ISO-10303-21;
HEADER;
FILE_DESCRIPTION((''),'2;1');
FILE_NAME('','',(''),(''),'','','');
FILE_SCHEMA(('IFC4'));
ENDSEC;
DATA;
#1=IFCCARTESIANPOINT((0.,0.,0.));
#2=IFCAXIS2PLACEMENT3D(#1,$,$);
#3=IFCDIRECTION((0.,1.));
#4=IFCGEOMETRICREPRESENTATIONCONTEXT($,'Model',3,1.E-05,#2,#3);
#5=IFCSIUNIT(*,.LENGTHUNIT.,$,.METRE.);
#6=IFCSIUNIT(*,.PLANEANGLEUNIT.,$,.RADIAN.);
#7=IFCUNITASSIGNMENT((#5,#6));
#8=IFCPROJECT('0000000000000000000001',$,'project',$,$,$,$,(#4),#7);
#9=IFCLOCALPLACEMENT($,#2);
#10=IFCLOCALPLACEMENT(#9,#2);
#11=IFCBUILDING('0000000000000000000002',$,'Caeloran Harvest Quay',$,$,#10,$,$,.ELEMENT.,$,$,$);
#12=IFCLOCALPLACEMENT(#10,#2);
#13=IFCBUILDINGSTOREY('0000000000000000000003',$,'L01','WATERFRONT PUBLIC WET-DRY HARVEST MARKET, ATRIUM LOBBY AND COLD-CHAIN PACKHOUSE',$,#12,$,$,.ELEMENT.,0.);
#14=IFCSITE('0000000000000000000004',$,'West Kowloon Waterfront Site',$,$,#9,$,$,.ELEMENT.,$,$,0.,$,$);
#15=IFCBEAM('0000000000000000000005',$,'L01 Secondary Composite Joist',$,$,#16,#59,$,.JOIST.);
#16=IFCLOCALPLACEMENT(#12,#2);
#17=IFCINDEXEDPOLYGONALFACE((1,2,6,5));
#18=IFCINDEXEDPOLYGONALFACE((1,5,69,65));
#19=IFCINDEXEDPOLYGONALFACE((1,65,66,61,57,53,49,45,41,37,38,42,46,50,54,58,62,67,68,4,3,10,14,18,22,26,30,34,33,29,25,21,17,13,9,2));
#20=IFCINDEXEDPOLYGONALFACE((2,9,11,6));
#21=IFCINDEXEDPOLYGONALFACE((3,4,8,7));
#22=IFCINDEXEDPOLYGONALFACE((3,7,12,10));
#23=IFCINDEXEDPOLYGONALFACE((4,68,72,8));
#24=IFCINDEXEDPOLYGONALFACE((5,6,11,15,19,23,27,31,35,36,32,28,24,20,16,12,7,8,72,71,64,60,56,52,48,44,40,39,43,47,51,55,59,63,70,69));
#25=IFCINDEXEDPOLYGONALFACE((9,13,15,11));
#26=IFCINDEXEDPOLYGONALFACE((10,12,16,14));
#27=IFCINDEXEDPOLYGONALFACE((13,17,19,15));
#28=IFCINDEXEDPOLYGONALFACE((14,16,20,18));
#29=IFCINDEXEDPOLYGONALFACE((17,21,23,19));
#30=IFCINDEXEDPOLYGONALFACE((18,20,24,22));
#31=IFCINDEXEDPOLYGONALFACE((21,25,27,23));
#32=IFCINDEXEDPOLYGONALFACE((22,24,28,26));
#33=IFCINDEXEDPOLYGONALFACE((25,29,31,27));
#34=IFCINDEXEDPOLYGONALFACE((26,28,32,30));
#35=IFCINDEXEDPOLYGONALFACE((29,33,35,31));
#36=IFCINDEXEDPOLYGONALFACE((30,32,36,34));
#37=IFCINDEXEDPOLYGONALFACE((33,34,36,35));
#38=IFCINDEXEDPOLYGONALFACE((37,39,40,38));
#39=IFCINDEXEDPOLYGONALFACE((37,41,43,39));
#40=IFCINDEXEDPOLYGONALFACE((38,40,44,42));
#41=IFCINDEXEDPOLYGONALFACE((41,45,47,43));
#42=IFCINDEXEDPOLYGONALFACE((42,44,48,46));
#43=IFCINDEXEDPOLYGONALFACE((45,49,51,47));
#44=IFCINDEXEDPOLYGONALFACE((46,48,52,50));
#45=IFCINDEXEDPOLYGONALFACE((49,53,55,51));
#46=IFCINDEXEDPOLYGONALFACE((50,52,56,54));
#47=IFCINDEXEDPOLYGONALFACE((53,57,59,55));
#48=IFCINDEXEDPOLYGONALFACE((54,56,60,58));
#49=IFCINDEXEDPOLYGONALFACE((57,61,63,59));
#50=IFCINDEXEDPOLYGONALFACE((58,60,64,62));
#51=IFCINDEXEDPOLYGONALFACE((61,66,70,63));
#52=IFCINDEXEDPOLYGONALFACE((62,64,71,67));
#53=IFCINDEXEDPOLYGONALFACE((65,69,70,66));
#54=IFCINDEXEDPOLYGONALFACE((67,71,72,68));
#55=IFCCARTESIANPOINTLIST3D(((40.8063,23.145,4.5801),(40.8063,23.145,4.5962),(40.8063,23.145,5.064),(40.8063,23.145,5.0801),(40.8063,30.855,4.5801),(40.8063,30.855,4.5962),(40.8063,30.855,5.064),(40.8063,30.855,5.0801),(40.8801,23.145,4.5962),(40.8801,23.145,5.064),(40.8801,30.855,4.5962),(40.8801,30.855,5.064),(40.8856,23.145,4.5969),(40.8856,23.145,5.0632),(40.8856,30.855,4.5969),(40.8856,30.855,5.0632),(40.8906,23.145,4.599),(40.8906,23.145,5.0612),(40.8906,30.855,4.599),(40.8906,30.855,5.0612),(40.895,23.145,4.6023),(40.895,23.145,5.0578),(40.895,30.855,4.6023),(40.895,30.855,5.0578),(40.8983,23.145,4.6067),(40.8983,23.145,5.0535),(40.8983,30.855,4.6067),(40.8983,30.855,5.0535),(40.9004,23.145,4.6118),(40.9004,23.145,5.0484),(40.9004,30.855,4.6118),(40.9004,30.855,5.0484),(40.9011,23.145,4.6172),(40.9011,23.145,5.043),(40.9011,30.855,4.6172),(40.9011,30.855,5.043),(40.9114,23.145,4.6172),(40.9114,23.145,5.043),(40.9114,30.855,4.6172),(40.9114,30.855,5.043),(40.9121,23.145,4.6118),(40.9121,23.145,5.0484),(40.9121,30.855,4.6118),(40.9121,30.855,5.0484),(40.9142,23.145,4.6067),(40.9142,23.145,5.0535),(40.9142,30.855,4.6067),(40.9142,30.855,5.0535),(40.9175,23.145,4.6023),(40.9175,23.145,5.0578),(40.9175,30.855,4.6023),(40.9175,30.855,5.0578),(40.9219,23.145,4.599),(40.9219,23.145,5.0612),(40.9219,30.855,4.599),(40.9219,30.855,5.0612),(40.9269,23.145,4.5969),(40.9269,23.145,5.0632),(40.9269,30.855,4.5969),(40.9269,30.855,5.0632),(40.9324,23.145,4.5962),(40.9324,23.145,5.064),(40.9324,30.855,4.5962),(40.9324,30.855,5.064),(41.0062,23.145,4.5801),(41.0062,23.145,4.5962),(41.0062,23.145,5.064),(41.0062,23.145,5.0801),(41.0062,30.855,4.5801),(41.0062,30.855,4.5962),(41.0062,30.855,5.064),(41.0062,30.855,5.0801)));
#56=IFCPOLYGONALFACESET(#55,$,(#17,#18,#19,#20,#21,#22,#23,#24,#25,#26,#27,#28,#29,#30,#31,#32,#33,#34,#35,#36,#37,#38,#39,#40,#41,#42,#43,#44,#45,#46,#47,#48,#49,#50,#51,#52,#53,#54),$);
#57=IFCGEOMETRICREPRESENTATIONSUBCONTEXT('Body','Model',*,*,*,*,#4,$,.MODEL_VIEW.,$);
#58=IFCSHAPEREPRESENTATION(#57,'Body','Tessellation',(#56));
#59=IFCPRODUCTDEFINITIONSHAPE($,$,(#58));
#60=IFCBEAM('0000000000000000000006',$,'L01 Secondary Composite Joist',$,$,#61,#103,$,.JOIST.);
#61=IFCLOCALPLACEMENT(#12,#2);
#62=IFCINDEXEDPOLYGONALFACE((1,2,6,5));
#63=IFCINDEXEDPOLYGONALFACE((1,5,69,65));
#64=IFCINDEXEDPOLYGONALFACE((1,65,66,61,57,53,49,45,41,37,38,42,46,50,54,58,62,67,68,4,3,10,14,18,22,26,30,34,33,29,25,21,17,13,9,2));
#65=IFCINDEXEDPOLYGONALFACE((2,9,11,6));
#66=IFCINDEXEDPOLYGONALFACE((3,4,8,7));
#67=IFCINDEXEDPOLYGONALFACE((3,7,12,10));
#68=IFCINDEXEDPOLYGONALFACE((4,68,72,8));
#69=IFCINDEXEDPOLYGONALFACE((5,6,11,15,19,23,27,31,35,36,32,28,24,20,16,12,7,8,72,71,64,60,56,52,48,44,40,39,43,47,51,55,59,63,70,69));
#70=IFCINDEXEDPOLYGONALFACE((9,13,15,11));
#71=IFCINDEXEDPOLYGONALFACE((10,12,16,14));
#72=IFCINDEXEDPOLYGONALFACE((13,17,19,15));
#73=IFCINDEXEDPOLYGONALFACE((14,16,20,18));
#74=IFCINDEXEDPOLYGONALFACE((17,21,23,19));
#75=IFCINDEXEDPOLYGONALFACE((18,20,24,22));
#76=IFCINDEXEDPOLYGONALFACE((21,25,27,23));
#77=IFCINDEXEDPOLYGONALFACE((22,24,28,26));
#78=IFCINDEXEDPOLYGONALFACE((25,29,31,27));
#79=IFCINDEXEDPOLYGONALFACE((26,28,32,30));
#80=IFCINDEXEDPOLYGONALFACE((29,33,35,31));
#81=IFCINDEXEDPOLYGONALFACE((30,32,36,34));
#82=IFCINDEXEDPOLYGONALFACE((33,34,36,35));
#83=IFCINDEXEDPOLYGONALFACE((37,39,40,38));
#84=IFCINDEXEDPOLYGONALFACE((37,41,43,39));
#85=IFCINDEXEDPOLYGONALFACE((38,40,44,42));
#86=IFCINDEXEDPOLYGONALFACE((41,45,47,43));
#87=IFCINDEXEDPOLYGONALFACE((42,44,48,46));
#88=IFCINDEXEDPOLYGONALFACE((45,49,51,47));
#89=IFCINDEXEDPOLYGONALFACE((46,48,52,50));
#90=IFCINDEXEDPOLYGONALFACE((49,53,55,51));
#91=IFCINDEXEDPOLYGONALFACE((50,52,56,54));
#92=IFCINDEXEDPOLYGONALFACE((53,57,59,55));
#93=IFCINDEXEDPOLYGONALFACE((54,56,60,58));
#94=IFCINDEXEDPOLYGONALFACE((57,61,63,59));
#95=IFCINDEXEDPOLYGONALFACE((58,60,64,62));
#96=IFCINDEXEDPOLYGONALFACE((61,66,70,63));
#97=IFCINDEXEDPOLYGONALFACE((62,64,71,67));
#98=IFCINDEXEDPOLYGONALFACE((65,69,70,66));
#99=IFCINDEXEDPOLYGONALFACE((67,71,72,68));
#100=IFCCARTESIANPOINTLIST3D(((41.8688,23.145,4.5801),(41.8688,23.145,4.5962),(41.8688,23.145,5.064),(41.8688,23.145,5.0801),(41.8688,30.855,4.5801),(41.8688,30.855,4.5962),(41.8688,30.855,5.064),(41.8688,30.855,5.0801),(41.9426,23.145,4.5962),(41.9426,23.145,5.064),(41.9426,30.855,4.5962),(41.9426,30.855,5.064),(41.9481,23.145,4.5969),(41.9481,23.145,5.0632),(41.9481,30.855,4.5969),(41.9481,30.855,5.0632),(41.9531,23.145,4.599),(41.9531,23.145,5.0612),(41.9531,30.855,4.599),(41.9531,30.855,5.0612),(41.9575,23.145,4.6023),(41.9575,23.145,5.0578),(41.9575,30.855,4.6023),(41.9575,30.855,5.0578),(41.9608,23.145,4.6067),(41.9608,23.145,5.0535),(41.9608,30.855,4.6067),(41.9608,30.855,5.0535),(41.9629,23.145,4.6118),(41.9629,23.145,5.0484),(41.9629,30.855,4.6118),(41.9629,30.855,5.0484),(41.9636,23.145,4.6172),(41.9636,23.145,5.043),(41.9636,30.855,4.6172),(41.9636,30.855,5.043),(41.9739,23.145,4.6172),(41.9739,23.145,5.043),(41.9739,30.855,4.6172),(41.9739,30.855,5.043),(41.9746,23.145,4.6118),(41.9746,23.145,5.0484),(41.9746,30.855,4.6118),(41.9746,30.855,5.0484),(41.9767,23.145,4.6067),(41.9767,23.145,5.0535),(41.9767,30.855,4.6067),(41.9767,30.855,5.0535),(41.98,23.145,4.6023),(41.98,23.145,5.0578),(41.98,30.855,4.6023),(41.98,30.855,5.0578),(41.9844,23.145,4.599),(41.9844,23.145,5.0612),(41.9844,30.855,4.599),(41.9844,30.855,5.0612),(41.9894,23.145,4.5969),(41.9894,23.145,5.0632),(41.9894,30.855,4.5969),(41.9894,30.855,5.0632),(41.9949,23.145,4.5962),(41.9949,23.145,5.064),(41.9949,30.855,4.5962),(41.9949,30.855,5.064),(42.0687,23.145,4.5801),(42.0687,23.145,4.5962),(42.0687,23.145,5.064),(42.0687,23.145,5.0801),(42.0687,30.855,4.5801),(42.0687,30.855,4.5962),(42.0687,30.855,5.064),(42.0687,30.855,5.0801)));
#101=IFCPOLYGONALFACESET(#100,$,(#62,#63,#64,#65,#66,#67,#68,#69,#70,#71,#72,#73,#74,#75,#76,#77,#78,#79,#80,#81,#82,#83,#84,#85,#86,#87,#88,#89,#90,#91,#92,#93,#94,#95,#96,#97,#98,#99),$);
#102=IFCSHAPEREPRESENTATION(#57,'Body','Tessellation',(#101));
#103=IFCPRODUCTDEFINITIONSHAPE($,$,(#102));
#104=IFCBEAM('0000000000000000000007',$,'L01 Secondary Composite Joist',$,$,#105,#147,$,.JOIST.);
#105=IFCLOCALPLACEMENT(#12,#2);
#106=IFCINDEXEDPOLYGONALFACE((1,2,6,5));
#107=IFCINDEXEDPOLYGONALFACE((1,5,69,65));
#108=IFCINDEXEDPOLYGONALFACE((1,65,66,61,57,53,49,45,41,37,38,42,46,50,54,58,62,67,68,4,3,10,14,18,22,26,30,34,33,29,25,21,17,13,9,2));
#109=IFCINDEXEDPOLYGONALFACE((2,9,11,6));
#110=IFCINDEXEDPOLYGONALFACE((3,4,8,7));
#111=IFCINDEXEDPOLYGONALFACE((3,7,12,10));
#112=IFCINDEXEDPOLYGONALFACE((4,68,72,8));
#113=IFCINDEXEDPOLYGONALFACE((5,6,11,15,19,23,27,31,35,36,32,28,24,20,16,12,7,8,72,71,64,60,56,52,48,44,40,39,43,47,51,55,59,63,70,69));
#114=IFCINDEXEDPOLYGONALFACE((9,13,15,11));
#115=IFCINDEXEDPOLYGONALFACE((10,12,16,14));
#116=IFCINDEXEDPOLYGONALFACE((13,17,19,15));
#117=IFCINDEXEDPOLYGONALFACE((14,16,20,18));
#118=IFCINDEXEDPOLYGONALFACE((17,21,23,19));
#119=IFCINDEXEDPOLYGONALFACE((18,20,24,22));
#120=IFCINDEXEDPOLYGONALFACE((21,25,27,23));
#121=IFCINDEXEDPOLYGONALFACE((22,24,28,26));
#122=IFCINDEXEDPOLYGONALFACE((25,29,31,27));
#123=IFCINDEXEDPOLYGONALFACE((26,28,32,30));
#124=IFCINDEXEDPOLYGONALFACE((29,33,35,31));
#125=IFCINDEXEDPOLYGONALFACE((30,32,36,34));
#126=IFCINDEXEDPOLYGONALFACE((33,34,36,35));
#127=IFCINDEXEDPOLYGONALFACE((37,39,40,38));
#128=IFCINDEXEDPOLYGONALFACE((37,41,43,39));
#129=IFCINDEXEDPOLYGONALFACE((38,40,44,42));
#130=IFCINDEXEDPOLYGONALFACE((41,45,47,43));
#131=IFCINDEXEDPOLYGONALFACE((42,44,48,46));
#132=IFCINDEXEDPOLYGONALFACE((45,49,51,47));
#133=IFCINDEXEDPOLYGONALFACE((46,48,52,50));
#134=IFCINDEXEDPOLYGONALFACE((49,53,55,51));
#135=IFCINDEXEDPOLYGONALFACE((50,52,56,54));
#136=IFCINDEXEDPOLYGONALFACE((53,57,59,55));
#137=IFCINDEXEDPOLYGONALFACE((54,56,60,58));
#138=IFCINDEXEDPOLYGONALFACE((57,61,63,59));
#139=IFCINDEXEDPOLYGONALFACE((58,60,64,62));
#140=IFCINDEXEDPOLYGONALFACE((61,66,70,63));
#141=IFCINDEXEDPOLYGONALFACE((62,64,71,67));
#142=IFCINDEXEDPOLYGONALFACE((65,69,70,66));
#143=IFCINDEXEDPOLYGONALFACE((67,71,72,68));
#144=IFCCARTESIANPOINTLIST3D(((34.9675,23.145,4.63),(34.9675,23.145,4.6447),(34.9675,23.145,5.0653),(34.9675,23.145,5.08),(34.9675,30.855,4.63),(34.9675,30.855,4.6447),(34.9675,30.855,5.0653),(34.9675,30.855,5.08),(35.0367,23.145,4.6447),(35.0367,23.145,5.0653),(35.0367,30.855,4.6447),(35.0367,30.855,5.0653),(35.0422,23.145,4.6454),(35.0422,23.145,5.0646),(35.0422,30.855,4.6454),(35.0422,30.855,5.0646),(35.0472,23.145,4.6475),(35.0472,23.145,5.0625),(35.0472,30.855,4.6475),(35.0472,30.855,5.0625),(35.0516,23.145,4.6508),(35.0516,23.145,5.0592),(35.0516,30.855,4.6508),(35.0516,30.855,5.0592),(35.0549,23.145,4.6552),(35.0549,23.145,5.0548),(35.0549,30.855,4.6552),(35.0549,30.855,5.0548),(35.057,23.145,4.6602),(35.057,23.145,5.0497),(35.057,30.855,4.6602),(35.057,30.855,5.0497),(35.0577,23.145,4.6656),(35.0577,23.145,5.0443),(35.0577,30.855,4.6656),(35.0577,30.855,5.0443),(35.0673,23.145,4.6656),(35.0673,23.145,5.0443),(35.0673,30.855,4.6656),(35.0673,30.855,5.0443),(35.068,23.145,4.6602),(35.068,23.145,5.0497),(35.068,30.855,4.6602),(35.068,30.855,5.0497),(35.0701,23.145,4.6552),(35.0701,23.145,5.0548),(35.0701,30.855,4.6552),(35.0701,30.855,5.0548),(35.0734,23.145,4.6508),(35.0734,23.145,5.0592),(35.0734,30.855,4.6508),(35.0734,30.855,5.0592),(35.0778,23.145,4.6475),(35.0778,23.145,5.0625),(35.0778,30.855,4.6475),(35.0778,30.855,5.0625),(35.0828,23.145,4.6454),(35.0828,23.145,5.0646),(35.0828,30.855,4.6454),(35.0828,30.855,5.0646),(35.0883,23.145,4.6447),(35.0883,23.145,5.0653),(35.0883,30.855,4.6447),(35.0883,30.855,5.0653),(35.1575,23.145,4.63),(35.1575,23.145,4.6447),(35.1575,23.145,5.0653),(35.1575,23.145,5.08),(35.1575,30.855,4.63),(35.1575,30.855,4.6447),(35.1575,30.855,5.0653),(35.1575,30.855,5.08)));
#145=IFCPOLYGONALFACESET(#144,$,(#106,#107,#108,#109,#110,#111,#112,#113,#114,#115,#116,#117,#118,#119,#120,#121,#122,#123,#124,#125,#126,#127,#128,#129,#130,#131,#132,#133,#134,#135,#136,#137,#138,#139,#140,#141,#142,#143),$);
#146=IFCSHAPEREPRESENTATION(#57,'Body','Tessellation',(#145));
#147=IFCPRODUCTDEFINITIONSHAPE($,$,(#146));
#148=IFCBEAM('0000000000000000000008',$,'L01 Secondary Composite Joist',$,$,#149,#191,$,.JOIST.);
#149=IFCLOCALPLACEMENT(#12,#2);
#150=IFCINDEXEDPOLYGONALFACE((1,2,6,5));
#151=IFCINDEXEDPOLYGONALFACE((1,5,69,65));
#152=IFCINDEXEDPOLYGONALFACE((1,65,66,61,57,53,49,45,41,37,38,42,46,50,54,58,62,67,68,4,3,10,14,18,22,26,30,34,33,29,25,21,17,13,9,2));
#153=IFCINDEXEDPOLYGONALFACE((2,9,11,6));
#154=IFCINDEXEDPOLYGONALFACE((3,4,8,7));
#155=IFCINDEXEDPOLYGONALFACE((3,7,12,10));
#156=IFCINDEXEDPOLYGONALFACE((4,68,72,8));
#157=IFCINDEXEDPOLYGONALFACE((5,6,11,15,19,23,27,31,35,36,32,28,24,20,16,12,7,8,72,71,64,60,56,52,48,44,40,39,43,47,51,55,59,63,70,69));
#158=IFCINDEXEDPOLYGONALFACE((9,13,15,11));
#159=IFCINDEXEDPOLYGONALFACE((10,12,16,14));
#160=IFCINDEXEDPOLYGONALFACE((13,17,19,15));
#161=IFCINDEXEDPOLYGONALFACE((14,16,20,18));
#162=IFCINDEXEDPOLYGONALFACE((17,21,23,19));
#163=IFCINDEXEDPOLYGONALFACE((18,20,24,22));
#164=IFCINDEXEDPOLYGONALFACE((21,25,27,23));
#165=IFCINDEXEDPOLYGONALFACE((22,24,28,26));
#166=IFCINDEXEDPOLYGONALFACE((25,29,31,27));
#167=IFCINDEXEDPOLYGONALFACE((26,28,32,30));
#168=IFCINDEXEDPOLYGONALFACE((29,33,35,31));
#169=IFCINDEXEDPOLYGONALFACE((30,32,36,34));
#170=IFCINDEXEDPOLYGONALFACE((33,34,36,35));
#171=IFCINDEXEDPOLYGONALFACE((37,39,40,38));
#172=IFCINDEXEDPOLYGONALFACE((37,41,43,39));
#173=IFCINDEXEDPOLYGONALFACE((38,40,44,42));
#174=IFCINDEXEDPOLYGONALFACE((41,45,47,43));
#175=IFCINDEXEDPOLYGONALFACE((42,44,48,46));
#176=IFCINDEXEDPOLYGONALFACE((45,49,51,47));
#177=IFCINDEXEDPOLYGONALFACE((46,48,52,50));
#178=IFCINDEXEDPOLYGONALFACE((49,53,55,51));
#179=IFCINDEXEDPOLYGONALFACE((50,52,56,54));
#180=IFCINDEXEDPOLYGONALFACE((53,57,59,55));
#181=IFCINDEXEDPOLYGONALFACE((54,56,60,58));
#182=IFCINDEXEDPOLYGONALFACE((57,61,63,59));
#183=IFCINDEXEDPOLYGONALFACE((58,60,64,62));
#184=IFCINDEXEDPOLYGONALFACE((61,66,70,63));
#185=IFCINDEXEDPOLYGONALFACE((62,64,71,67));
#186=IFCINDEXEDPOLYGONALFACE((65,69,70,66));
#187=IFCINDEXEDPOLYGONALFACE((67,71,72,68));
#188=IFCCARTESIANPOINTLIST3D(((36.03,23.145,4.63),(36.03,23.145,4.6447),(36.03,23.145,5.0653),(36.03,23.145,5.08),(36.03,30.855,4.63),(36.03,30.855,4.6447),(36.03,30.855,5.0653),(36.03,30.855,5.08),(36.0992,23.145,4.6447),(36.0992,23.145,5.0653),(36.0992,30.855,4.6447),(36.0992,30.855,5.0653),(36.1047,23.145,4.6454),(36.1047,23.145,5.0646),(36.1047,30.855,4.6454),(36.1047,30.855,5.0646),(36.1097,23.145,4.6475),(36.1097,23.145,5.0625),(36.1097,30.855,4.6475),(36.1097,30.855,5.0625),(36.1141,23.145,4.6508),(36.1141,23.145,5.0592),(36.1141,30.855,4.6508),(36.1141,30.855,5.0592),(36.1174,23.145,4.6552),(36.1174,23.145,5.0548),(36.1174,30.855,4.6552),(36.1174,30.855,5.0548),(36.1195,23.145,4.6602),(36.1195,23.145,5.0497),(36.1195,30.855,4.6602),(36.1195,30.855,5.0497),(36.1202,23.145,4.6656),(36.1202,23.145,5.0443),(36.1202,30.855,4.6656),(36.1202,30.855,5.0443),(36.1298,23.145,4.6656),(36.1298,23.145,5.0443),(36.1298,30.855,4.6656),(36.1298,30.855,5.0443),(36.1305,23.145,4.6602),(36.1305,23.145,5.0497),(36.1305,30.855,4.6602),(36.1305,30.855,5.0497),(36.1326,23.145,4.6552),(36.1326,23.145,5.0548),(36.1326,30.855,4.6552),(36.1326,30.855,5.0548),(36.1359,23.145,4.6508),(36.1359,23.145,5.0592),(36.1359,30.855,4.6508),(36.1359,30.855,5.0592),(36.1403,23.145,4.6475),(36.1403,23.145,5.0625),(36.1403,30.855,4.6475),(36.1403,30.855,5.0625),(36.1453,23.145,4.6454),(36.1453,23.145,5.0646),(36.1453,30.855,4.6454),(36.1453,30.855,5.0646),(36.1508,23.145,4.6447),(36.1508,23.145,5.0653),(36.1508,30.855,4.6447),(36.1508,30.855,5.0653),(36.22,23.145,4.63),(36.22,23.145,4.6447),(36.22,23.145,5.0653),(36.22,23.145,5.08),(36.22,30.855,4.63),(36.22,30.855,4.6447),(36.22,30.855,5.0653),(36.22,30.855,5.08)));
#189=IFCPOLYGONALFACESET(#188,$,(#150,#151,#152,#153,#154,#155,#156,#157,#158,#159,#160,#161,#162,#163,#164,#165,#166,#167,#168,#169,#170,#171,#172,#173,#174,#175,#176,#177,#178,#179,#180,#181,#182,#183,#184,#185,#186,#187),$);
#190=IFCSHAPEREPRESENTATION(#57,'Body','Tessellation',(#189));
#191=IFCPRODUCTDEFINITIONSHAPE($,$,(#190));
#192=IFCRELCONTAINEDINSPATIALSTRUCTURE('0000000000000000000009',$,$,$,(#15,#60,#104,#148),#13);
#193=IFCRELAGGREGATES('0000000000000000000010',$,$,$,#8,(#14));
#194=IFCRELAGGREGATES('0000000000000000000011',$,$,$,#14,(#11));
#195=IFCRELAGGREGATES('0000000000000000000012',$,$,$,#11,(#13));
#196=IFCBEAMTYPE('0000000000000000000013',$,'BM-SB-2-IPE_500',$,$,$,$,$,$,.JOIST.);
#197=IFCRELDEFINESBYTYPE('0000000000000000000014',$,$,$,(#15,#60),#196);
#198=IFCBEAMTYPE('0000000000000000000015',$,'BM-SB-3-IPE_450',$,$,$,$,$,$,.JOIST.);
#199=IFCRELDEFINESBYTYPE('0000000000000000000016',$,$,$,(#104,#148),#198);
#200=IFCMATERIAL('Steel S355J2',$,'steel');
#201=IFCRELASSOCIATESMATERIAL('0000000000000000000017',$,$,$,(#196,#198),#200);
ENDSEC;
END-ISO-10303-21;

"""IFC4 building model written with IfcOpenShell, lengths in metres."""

from ifc_helpers import new_model, si_unit, direction, frame, origin, origin_2d, place, context, subcontext, project, spatial, i_section, extrude, material, material_profile, profile_set, type_object, element, save


model = new_model("IFC4")

# Units and contexts
model_context = context("Model", 3, precision=1e-05, world=origin(), true_north=direction((0.0, 1.0)))
body_context = subcontext(model_context, "Body", "Model", "MODEL_VIEW")
ifc_project = project(units=[si_unit("LENGTHUNIT", "METRE"), si_unit("PLANEANGLEUNIT", "RADIAN")], contexts=[model_context])

# Site, building, storey
site_placement = place(None, origin())
site = spatial("IfcSite", under=ifc_project, at=site_placement, Name="West Kowloon Waterfront Site", CompositionType="ELEMENT", RefElevation=0.0)
building_placement = place(site_placement, origin())
building = spatial("IfcBuilding", under=site, at=building_placement, Name="Caeloran Harvest Quay", CompositionType="ELEMENT")
storey_placement = place(building_placement, origin())
storey = spatial("IfcBuildingStorey", under=building, at=storey_placement, Name="L01", Description="WATERFRONT PUBLIC WET-DRY HARVEST MARKET, ATRIUM LOBBY AND COLD-CHAIN PACKHOUSE", CompositionType="ELEMENT", Elevation=0.0)

# Beams
ifc_material_1 = material(Name="Steel S355J2", Category="steel")
ifc_material_profile_1 = material_profile(ifc_material_1, i_section(OverallWidth=0.2, OverallDepth=0.5, WebThickness=0.0103, FlangeThickness=0.0161, FilletRadius=0.021, at=origin_2d()), Name="IPE 500")
ifc_profile_set_1 = profile_set([ifc_material_profile_1], Name="Steel S355J2")
beam_type_1 = type_object("IfcBeamType", Name="BM-SB-2-IPE_500", PredefinedType="JOIST", material=ifc_profile_set_1)
for number, where, z_axis, x_axis, name in (
    (1, (40.9062, 23.145, 4.8301), (0.0, 1.0, 0.0), (-1.0, 0.0, 0.0), "L01 Secondary Composite Joist"),
    (2, (41.9688, 23.145, 4.8301), (0.0, 1.0, 0.0), (-1.0, 0.0, 0.0), "L01 Secondary Composite Joist"),
):
    element("IfcBeam", number, at=place(storey_placement, frame(where, z_axis=z_axis, x_axis=x_axis)), inside=storey, type_object=beam_type_1, Name=name, PredefinedType="JOIST", context=body_context, shape_type="SweptSolid", body=[
        extrude(i_section(OverallWidth=0.2, OverallDepth=0.5, WebThickness=0.0103, FlangeThickness=0.0161, FilletRadius=0.021, at=origin_2d()), origin(), (0.0, 0.0, 1.0), 7.71),
    ])
ifc_material_profile_2 = material_profile(ifc_material_1, i_section(OverallWidth=0.1899, OverallDepth=0.45, WebThickness=0.0095, FlangeThickness=0.0146, FilletRadius=0.021, at=origin_2d()), Name="IPE 450")
ifc_profile_set_2 = profile_set([ifc_material_profile_2], Name="Steel S355J2")
beam_type_2 = type_object("IfcBeamType", Name="BM-SB-3-IPE_450", PredefinedType="JOIST", material=ifc_profile_set_2)
for number, where, z_axis, x_axis, name in (
    (3, (35.0625, 23.145, 4.855), (0.0, 1.0, 0.0), (-1.0, 0.0, 0.0), "L01 Secondary Composite Joist"),
    (4, (36.125, 23.145, 4.855), (0.0, 1.0, 0.0), (-1.0, 0.0, 0.0), "L01 Secondary Composite Joist"),
):
    element("IfcBeam", number, at=place(storey_placement, frame(where, z_axis=z_axis, x_axis=x_axis)), inside=storey, type_object=beam_type_2, Name=name, PredefinedType="JOIST", context=body_context, shape_type="SweptSolid", body=[
        extrude(i_section(OverallWidth=0.1899, OverallDepth=0.45, WebThickness=0.0095, FlangeThickness=0.0146, FilletRadius=0.021, at=origin_2d()), origin(), (0.0, 0.0, 1.0), 7.71),
    ])

save(model, "model.ifc")
